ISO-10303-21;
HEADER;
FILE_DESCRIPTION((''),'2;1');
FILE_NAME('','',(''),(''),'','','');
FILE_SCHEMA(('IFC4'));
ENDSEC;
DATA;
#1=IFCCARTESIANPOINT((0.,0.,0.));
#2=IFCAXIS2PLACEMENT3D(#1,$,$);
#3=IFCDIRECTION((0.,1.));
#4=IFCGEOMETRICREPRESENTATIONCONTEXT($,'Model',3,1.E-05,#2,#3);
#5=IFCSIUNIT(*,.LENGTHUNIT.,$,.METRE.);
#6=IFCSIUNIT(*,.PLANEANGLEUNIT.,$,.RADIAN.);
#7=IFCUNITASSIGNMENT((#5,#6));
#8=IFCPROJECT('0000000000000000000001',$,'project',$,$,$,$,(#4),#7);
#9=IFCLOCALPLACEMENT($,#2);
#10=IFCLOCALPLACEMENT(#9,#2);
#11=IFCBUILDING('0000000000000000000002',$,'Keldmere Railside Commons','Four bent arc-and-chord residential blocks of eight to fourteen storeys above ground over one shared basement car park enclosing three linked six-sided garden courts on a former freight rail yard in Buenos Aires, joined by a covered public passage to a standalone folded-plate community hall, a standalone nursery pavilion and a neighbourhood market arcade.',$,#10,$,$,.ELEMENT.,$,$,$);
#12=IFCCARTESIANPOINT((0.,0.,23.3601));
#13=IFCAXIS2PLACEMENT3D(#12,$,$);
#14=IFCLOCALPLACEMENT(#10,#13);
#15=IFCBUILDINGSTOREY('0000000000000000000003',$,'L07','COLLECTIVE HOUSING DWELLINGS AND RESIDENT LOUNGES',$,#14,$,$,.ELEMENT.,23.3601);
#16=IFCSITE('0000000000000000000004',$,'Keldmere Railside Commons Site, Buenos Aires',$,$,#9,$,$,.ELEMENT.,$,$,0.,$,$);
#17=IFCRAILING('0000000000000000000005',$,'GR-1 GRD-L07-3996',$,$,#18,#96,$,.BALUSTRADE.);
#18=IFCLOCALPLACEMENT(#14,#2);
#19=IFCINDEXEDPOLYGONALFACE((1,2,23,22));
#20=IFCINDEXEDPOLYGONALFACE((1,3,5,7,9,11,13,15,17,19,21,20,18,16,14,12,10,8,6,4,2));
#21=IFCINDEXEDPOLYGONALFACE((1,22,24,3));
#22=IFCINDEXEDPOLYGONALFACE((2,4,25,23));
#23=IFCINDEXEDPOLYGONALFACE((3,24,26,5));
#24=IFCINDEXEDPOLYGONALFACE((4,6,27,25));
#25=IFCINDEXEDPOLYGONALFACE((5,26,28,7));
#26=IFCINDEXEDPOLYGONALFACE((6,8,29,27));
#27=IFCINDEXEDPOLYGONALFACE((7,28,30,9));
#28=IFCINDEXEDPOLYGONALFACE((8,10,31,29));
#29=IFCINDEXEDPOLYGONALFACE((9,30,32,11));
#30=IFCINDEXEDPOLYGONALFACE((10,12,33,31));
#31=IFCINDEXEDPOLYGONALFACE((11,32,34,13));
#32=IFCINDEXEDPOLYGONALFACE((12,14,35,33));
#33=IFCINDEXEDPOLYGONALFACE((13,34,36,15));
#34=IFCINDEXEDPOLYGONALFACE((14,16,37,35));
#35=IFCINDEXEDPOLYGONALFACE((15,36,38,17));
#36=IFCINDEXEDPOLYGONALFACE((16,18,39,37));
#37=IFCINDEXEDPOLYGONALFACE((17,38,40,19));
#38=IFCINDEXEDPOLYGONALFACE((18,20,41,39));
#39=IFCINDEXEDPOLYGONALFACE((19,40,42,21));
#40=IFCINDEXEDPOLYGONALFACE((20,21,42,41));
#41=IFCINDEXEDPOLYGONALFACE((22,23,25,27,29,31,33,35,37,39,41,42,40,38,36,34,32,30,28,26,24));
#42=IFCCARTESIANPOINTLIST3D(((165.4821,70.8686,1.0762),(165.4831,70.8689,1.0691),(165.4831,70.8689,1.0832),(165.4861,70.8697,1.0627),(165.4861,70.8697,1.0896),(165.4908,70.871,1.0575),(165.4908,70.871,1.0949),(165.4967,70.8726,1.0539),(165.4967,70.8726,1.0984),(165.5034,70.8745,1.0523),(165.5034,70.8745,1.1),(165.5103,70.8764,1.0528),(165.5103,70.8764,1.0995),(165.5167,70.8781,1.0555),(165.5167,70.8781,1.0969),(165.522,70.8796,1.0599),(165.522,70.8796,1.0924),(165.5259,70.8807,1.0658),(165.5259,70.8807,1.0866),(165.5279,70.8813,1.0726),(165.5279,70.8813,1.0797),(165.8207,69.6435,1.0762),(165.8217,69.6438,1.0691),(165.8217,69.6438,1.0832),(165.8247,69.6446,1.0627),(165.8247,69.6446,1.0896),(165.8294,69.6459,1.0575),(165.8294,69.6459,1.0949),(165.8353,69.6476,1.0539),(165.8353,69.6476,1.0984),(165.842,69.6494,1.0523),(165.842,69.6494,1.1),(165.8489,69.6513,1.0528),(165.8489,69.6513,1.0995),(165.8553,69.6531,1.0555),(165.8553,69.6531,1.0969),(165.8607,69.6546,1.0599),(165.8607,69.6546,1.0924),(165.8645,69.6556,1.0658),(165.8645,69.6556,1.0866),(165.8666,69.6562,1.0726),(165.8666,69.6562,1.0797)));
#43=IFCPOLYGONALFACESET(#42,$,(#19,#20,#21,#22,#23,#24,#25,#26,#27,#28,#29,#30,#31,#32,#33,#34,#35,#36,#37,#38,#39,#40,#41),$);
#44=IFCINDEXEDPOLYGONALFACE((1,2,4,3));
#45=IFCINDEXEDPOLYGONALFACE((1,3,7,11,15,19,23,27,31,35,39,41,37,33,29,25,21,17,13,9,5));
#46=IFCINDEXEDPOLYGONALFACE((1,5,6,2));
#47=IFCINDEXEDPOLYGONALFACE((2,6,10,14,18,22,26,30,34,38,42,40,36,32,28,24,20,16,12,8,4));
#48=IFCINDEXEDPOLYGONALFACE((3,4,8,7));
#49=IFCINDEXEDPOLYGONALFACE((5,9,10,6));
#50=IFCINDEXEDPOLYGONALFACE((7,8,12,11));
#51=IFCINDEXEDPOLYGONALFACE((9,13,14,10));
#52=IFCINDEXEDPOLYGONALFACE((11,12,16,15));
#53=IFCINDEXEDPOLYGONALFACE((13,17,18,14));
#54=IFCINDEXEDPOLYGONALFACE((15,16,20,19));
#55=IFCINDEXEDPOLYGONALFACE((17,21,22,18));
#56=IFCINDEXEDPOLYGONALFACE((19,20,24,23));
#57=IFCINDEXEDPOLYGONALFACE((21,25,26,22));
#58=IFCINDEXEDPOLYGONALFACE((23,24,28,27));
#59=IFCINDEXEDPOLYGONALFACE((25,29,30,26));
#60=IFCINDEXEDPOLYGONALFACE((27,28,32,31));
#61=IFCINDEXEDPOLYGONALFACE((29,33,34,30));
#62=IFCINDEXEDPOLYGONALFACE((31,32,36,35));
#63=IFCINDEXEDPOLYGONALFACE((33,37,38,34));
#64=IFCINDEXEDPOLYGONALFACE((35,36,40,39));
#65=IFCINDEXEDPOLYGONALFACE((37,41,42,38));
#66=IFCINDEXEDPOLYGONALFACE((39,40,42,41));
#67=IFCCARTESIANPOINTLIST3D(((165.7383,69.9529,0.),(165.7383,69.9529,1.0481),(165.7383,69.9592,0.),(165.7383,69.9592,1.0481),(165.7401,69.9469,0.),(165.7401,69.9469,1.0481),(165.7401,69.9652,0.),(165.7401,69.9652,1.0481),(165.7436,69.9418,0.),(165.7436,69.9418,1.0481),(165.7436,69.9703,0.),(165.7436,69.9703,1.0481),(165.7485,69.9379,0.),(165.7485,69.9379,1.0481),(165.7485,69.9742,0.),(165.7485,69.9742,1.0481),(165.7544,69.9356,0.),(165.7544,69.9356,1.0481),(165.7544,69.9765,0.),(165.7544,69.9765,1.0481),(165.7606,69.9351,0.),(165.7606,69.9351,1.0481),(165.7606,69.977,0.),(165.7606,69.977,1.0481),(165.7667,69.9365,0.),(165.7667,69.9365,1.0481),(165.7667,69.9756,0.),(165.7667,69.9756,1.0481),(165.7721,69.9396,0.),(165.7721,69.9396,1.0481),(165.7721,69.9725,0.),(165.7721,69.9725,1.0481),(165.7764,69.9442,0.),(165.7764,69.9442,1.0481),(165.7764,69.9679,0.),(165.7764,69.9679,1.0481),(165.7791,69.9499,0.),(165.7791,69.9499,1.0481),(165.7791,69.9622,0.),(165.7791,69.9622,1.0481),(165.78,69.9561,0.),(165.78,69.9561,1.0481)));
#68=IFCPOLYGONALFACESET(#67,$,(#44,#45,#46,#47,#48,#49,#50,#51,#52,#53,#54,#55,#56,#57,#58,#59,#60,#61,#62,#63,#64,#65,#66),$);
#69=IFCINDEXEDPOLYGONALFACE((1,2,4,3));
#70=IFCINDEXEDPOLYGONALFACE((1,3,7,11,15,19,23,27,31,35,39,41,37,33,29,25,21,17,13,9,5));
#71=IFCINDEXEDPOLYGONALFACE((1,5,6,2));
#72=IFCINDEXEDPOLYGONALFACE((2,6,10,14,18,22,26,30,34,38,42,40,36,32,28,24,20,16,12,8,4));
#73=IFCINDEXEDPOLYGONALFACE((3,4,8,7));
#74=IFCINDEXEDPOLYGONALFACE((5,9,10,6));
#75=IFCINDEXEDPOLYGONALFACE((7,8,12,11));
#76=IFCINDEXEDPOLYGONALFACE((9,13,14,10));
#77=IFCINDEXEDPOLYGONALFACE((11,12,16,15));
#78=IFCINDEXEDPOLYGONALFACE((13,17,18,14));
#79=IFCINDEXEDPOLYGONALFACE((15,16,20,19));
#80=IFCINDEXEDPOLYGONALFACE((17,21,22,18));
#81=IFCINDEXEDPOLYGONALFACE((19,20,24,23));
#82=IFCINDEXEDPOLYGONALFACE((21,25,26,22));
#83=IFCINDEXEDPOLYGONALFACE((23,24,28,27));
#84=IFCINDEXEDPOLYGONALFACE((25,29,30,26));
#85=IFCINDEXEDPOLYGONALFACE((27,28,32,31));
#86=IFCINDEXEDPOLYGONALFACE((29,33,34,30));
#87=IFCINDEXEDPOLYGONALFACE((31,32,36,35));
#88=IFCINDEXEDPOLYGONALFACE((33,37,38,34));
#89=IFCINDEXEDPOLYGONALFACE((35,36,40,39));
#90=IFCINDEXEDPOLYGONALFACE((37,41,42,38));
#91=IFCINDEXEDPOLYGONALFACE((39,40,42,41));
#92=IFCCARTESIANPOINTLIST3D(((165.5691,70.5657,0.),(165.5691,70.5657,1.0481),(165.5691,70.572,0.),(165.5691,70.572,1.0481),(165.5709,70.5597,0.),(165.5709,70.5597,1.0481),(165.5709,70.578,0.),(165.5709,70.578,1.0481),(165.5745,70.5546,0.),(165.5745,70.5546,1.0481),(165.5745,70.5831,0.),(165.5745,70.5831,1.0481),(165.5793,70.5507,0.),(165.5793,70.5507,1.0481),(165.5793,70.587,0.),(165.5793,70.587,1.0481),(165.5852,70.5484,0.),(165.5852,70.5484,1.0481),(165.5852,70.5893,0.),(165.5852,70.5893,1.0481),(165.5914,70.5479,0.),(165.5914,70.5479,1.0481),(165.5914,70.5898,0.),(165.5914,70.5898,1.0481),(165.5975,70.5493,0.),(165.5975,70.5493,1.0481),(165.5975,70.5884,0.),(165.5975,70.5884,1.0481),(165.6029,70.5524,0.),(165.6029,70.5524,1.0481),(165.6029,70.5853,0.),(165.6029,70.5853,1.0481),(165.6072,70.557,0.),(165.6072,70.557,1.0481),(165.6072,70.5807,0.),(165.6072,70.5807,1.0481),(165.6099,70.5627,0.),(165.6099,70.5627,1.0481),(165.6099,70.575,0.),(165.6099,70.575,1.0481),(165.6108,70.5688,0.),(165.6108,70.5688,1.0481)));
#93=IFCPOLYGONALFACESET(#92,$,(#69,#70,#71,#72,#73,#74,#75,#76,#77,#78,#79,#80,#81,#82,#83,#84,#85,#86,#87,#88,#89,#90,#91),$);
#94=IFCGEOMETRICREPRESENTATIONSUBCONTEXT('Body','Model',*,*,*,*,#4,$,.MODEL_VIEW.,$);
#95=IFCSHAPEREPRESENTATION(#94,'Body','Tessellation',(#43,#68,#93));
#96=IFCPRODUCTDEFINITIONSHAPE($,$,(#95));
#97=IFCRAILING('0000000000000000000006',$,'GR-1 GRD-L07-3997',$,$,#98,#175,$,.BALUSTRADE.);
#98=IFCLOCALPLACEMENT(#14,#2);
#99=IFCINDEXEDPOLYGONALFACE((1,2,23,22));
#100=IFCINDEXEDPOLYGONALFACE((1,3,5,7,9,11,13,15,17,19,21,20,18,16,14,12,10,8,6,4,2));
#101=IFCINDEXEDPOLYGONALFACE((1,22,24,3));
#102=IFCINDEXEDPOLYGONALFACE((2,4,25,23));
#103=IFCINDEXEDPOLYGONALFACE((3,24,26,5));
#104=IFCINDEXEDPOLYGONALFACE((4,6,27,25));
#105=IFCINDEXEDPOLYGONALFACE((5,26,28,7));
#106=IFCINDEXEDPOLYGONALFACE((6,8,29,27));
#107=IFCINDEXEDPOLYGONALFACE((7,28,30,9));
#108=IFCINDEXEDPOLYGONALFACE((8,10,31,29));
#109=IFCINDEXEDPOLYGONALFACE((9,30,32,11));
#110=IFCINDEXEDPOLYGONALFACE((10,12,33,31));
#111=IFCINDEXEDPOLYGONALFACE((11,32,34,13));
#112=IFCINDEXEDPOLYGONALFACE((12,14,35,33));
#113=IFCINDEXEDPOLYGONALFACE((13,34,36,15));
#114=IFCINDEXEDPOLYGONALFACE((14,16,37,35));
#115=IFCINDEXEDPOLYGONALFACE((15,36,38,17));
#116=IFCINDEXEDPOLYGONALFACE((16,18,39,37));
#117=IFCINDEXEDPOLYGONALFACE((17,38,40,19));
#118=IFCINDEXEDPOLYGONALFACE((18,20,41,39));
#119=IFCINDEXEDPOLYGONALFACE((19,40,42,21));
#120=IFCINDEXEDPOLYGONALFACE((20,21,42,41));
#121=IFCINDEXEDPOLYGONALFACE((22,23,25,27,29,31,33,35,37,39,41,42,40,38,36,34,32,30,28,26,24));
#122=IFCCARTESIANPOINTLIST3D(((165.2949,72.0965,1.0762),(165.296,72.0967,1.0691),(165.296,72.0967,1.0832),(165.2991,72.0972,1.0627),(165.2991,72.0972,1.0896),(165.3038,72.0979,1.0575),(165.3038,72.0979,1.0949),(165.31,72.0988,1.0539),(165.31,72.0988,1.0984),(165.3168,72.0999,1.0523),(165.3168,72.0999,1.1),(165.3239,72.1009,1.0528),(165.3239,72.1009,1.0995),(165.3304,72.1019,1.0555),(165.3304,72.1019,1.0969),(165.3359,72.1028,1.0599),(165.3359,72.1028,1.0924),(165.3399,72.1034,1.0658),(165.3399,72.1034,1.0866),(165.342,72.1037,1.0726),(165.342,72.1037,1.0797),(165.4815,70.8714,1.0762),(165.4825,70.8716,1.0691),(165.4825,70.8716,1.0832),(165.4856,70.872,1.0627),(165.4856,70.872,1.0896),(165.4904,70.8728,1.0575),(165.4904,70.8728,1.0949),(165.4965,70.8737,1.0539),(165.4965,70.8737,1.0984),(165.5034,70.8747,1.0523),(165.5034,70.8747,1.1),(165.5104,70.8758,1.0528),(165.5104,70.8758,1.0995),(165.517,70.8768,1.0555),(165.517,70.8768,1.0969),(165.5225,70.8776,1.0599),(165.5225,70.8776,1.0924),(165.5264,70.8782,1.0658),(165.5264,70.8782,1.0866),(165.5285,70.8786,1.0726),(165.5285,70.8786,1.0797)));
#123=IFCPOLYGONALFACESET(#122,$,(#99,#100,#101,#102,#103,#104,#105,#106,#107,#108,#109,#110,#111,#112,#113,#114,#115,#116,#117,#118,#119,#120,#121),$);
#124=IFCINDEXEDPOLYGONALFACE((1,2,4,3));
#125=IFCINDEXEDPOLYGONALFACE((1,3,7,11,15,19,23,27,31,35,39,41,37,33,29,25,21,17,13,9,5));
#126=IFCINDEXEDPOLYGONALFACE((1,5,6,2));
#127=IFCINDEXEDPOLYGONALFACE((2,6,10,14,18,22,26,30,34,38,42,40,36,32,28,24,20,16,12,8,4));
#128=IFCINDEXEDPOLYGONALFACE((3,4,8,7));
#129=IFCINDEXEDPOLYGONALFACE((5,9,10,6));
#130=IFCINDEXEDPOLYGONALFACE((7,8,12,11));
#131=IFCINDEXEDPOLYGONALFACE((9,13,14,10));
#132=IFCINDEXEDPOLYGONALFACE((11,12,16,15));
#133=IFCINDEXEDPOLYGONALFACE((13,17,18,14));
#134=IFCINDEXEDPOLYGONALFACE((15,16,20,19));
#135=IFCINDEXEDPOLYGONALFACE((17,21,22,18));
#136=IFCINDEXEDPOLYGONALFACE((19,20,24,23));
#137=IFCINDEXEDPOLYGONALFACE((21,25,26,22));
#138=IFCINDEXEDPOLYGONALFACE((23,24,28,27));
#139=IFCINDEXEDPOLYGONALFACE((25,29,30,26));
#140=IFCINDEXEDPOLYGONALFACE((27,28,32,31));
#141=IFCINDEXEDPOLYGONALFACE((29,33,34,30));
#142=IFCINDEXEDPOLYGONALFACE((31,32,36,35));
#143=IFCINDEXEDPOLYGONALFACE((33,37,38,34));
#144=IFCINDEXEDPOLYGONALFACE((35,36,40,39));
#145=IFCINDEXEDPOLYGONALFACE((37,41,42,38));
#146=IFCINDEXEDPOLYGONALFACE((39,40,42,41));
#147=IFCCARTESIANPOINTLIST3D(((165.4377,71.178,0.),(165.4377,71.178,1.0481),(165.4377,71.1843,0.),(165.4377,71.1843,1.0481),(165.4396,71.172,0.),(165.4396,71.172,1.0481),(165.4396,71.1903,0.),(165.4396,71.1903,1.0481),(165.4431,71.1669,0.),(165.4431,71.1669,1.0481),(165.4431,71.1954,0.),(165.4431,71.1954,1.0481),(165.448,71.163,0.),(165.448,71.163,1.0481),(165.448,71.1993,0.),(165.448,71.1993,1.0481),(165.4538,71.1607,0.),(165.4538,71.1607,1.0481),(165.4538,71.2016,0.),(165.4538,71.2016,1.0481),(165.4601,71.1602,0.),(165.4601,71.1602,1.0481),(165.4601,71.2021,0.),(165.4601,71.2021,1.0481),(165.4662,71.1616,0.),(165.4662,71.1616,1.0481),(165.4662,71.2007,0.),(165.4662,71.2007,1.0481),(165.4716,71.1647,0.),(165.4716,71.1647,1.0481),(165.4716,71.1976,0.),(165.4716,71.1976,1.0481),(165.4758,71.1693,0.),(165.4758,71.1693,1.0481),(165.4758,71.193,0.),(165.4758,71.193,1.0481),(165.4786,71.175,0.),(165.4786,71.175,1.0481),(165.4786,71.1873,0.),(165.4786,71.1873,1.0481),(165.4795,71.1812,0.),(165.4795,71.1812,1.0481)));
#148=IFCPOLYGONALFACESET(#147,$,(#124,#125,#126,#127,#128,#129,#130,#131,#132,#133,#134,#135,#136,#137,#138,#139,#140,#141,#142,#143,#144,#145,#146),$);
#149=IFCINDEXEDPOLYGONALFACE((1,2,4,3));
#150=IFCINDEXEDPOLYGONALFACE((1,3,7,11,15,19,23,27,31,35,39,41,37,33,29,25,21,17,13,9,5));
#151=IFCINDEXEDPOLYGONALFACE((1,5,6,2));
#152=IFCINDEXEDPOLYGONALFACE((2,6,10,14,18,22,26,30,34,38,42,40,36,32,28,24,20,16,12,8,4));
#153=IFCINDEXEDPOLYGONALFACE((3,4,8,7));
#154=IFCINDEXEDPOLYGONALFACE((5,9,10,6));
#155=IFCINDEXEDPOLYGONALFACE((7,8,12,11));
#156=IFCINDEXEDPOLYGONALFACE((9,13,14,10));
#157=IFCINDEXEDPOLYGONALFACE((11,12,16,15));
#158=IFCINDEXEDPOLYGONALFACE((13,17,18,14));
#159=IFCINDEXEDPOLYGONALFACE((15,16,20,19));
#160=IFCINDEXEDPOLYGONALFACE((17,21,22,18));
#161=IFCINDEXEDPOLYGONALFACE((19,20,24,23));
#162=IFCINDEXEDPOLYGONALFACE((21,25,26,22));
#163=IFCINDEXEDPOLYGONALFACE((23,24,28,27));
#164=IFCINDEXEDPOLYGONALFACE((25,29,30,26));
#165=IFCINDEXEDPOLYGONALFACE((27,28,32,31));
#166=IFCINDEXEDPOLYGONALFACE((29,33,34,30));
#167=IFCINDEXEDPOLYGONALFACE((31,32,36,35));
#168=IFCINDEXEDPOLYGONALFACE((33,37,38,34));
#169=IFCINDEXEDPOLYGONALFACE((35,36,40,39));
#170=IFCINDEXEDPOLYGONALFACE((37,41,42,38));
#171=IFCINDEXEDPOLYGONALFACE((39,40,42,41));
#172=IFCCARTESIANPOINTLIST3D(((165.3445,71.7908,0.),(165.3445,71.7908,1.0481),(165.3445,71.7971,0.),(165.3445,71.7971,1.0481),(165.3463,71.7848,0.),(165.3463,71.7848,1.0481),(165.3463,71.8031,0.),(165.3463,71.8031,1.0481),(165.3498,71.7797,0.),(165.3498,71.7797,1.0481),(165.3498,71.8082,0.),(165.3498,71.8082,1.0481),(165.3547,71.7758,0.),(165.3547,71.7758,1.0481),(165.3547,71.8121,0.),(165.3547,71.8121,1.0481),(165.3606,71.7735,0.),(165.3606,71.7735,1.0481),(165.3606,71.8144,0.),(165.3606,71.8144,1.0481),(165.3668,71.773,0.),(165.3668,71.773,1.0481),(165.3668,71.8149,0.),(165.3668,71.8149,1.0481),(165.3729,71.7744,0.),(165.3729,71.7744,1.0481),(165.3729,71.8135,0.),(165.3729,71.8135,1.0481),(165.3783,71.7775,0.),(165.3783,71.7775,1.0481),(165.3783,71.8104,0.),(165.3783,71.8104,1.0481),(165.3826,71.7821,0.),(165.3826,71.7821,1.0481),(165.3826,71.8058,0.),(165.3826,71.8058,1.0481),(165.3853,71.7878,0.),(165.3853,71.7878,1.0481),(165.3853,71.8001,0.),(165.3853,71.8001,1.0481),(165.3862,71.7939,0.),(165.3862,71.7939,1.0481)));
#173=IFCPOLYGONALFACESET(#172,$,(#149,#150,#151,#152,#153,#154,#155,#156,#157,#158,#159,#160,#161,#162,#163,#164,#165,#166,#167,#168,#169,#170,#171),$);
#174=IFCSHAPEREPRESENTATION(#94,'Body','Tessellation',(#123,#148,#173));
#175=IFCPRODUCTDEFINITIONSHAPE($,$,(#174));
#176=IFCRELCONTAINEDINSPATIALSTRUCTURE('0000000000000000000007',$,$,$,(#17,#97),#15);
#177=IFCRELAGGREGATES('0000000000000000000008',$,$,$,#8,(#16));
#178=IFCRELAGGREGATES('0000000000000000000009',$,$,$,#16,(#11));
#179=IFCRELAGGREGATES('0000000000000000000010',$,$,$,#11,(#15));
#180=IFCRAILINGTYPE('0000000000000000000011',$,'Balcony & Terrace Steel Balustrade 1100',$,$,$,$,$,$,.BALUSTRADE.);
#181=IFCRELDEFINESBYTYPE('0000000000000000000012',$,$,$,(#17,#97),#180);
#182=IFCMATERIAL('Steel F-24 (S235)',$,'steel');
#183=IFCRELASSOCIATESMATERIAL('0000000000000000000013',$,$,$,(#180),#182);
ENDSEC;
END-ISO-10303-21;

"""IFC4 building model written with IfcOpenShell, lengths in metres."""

from ifc_helpers import new_model, si_unit, direction, frame, origin, origin_2d, place, context, subcontext, project, spatial, circle, extrude, material, type_object, element, save


model = new_model("IFC4")

# Units and contexts
model_context = context("Model", 3, precision=1e-05, world=origin(), true_north=direction((0.0, 1.0)))
body_context = subcontext(model_context, "Body", "Model", "MODEL_VIEW")
ifc_project = project(units=[si_unit("LENGTHUNIT", "METRE"), si_unit("PLANEANGLEUNIT", "RADIAN")], contexts=[model_context])

# Site, building, storey
site_placement = place(None, origin())
site = spatial("IfcSite", under=ifc_project, at=site_placement, Name="Keldmere Railside Commons Site, Buenos Aires", CompositionType="ELEMENT", RefElevation=0.0)
building_placement = place(site_placement, origin())
building = spatial("IfcBuilding", under=site, at=building_placement, Name="Keldmere Railside Commons", Description="Four bent arc-and-chord residential blocks of eight to fourteen storeys above ground over one shared basement car park enclosing three linked six-sided garden courts on a former freight rail yard in Buenos Aires, joined by a covered public passage to a standalone folded-plate community hall, a standalone nursery pavilion and a neighbourhood market arcade.", CompositionType="ELEMENT")
storey_placement = place(building_placement, frame((0.0, 0.0, 23.3601)))
storey = spatial("IfcBuildingStorey", under=building, at=storey_placement, Name="L07", Description="COLLECTIVE HOUSING DWELLINGS AND RESIDENT LOUNGES", CompositionType="ELEMENT", Elevation=23.3601)

# Railings
ifc_material_1 = material(Name="Steel F-24 (S235)", Category="steel")
railing_type = type_object("IfcRailingType", Name="Balcony & Terrace Steel Balustrade 1100", PredefinedType="BALUSTRADE", material=ifc_material_1)
railing_1_placement = place(storey_placement, frame((165.8438, 69.6499, 0.0)))
element("IfcRailing", 1, at=railing_1_placement, inside=storey, type_object=railing_type, Name="GR-1 GRD-L07-3996", PredefinedType="BALUSTRADE", context=body_context, shape_type="SweptSolid", body=[
    extrude(circle(Radius=0.0239, at=origin_2d()), frame((0.0, 0.0, 1.0762), z_axis=(-0.266415, 0.963858, 0.0), x_axis=(-0.963858, -0.266415, 0.0)), (0.0, 0.0, 1.0), 1.271),
    extrude(circle(Radius=0.021, at=origin_2d()), frame((-0.0847, 0.3062, 0.0)), (0.0, 0.0, 1.0), 1.0481),
    extrude(circle(Radius=0.021, at=origin_2d()), frame((-0.2539, 0.9189, 0.0)), (0.0, 0.0, 1.0), 1.0481),
])
railing_2_placement = place(storey_placement, frame((165.5051, 70.875, 0.0)))
element("IfcRailing", 2, at=railing_2_placement, inside=storey, type_object=railing_type, Name="GR-1 GRD-L07-3997", PredefinedType="BALUSTRADE", context=body_context, shape_type="SweptSolid", body=[
    extrude(circle(Radius=0.0239, at=origin_2d()), frame((0.0, 0.0, 1.0762), z_axis=(-0.150517, 0.988607, 0.0), x_axis=(-0.988607, -0.150517, 0.0)), (0.0, 0.0, 1.0), 1.2393),
    extrude(circle(Radius=0.021, at=origin_2d()), frame((-0.0466, 0.3062, 0.0)), (0.0, 0.0, 1.0), 1.0481),
    extrude(circle(Radius=0.021, at=origin_2d()), frame((-0.1399, 0.9189, 0.0)), (0.0, 0.0, 1.0), 1.0481),
])

save(model, "model.ifc")
